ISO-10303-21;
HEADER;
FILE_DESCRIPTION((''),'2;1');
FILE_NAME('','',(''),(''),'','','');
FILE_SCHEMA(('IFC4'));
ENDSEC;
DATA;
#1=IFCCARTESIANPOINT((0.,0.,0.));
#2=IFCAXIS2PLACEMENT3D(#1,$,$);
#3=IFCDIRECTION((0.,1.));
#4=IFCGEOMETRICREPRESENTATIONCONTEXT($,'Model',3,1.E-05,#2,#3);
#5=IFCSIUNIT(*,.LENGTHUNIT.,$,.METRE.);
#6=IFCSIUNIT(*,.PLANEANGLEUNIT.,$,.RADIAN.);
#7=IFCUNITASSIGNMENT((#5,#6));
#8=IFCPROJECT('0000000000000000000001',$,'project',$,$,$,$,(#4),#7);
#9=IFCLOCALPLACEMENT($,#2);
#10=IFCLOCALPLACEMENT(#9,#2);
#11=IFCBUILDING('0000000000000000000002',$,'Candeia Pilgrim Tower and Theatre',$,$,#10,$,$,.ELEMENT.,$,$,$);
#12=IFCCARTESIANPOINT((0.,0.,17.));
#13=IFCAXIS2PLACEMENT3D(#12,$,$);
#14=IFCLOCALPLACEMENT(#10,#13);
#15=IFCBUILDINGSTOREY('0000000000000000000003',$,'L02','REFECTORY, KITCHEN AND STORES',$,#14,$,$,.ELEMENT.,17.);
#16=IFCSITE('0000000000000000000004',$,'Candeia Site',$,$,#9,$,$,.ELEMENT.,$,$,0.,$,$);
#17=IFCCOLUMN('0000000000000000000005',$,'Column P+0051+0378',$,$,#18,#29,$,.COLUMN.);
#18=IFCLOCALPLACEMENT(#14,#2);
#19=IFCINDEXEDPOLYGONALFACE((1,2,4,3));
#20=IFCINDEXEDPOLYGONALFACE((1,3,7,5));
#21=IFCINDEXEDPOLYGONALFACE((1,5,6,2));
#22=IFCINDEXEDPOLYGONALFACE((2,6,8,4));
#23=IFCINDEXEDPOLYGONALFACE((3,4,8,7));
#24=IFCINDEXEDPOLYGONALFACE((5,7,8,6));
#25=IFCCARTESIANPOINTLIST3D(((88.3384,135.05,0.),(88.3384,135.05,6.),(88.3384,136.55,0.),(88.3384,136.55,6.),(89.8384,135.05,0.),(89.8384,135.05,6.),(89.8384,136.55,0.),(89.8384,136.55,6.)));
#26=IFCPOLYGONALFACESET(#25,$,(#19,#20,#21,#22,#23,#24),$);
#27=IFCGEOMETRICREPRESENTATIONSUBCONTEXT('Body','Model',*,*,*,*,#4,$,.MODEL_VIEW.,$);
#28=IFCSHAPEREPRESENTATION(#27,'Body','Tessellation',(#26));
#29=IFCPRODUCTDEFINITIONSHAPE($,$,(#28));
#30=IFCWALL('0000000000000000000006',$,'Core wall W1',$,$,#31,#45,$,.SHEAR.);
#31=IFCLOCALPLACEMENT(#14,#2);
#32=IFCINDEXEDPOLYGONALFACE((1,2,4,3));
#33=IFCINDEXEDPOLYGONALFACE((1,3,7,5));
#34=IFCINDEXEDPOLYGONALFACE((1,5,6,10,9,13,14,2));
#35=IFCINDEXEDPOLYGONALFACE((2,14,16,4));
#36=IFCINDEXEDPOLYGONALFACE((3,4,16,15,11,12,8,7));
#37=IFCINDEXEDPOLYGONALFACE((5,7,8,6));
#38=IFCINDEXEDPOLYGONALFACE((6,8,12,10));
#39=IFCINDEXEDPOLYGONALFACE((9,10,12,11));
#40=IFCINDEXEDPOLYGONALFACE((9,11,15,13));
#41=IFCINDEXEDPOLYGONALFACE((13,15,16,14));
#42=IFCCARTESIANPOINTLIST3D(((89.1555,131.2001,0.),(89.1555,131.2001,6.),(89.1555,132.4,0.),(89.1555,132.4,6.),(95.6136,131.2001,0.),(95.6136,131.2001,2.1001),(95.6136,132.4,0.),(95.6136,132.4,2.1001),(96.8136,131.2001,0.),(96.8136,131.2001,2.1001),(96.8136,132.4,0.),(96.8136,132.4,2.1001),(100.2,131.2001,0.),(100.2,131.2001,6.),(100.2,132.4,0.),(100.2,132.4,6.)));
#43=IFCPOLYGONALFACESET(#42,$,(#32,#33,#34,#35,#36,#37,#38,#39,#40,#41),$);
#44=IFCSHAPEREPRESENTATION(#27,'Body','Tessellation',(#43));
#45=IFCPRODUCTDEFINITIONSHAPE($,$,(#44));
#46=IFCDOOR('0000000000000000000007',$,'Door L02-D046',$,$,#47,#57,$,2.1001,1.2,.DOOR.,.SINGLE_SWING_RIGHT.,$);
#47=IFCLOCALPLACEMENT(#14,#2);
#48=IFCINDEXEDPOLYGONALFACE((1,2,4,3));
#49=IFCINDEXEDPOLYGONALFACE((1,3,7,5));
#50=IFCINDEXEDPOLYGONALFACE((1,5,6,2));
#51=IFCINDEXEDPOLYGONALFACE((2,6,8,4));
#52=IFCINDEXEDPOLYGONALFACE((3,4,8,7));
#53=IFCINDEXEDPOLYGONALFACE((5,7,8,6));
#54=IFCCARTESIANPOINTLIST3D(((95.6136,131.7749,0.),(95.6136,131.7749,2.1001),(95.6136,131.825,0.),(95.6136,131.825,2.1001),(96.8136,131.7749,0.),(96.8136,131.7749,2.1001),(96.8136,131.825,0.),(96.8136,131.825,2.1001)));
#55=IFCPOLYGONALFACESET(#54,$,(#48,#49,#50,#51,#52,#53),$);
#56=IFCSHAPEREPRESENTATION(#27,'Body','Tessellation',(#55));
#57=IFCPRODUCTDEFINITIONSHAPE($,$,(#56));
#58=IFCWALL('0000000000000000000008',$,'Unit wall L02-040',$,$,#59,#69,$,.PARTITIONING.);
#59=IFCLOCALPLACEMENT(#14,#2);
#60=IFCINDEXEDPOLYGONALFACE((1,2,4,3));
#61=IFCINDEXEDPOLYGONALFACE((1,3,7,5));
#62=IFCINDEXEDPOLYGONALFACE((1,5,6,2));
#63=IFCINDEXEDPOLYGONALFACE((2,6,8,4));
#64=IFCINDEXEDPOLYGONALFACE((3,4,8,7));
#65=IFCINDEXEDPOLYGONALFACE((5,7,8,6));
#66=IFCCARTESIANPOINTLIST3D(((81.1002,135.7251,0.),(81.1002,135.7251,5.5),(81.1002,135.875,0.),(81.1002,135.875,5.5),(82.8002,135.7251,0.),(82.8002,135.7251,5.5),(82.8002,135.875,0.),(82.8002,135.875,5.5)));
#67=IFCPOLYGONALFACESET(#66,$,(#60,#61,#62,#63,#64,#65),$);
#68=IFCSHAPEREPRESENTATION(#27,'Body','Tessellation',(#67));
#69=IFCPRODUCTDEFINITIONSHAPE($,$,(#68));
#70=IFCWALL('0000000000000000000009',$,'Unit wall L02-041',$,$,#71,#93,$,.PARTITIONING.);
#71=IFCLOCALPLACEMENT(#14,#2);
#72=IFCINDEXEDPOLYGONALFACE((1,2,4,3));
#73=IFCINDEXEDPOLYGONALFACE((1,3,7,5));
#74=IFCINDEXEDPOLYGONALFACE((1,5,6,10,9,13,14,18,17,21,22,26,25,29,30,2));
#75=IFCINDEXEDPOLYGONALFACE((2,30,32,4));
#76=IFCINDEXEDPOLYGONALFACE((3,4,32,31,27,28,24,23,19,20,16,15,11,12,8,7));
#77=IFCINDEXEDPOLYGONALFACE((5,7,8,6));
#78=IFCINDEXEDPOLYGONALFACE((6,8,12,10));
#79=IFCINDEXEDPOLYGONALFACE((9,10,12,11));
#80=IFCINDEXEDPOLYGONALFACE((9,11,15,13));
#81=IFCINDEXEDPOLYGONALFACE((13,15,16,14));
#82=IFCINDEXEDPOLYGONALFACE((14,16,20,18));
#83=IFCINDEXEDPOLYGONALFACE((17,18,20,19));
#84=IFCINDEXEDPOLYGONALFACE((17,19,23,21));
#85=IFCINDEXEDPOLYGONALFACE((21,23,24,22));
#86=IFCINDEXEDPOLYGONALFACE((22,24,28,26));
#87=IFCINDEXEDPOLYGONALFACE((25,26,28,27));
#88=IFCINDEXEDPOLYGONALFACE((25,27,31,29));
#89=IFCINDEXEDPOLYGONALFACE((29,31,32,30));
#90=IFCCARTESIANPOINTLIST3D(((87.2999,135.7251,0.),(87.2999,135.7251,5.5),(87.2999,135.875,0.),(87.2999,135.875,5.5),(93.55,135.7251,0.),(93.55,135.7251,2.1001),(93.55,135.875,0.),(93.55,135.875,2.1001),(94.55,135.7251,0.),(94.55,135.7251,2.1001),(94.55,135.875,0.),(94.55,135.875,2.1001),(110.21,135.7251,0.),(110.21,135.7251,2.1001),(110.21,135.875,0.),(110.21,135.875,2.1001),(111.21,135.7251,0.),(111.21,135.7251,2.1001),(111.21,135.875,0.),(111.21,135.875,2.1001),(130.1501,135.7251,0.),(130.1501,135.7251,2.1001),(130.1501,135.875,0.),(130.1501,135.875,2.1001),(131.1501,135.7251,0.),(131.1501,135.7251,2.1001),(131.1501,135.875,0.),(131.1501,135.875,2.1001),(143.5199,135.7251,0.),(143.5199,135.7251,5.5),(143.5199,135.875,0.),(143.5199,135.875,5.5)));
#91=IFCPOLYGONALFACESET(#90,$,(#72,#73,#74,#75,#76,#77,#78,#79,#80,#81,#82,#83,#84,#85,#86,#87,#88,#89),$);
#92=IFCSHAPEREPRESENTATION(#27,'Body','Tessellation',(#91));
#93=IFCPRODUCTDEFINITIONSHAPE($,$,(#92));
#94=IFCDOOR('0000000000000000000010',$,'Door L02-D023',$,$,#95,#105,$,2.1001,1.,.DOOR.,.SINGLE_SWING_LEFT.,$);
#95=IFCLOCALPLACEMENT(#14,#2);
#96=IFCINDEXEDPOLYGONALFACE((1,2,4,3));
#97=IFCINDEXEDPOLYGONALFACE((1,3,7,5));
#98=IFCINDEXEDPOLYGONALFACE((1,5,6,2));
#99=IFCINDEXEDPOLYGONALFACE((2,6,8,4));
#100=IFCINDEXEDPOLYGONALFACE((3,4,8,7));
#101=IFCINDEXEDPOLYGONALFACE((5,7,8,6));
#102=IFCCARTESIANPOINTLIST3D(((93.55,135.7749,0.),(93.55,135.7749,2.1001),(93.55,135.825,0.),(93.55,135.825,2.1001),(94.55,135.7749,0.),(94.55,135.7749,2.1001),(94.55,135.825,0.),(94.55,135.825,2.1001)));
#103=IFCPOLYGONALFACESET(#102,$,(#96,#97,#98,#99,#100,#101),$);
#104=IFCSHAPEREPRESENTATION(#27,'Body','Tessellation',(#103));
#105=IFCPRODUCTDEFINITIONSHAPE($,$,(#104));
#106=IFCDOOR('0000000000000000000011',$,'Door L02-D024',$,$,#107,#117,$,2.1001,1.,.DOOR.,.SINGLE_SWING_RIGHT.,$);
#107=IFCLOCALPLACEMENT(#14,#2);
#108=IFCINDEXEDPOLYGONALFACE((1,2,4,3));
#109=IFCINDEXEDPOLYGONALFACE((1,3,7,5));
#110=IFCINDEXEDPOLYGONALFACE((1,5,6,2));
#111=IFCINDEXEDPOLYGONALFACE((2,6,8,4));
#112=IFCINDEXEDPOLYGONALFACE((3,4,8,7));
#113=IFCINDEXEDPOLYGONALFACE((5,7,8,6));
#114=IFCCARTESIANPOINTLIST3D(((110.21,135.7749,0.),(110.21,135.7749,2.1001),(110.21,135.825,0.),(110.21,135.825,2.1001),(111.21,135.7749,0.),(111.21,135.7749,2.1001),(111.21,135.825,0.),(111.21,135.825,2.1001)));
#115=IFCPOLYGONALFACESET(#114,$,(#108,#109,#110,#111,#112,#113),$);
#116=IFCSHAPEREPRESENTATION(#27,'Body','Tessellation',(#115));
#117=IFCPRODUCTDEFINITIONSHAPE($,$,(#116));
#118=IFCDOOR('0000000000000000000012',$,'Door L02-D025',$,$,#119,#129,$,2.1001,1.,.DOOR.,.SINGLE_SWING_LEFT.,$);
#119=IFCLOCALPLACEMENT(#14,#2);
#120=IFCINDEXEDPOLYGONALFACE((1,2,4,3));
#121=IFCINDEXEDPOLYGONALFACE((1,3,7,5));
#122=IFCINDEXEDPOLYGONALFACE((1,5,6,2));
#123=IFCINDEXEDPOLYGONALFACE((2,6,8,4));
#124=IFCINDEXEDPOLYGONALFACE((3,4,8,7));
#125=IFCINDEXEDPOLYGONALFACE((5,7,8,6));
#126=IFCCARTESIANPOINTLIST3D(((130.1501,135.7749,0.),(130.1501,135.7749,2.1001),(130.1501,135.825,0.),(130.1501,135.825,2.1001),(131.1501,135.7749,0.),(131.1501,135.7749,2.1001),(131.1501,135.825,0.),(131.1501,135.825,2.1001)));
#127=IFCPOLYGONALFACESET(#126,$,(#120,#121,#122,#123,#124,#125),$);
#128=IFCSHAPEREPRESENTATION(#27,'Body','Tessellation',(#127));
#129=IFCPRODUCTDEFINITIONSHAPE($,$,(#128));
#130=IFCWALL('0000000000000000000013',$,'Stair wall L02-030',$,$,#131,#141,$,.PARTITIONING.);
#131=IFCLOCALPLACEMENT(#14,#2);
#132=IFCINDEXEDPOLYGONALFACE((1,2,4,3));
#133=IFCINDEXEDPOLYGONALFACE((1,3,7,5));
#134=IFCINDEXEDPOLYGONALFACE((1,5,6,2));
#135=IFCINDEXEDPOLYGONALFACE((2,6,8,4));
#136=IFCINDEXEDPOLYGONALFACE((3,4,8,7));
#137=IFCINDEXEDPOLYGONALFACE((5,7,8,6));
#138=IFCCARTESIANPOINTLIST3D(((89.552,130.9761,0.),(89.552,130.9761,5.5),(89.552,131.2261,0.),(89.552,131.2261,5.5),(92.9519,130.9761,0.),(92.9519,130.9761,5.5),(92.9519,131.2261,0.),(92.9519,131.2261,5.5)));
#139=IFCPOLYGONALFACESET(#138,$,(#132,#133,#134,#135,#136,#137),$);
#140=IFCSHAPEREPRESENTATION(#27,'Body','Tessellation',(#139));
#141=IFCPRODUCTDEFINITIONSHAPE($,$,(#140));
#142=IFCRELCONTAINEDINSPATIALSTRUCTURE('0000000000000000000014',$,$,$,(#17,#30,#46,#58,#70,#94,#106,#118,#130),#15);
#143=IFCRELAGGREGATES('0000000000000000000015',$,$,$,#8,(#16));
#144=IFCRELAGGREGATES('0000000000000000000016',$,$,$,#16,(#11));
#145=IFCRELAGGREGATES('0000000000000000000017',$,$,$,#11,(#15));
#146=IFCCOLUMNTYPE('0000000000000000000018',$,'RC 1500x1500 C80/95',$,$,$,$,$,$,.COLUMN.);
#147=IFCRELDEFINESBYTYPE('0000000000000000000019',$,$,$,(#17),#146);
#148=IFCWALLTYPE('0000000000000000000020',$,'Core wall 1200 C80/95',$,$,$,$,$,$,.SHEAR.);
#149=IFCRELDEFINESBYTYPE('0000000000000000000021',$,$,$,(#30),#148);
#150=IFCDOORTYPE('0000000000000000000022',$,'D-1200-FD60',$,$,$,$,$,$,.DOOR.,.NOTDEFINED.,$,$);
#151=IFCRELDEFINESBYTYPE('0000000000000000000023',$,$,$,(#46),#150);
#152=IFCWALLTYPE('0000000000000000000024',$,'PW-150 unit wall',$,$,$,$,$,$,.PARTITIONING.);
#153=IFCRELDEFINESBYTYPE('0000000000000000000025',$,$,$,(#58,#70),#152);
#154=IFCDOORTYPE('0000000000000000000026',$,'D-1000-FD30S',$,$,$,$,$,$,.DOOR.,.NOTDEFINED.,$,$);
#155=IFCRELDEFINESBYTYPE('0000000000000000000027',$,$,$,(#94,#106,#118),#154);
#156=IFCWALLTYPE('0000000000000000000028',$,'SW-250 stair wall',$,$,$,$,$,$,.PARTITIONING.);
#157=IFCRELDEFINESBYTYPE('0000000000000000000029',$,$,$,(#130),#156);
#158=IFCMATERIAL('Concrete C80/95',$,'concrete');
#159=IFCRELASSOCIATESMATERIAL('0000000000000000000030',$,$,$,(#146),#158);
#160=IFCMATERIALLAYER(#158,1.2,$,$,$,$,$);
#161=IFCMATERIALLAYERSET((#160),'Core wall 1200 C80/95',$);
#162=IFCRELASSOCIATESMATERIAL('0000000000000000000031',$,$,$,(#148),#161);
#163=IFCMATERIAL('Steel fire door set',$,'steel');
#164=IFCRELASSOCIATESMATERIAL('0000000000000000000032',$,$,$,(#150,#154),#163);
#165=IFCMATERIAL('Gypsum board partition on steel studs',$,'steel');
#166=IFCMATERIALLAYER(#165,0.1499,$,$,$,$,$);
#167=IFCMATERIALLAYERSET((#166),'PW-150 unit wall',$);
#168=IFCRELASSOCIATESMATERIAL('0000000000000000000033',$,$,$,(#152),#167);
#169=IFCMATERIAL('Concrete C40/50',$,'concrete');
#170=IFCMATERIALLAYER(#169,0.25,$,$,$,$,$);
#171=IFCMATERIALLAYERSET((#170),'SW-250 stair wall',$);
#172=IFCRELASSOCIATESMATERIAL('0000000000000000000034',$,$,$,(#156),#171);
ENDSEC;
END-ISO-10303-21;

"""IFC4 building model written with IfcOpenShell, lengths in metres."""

from ifc_helpers import new_model, si_unit, direction, frame, frame_2d, origin, origin_2d, place, context, subcontext, project, spatial, rectangle, extrude, material, layer, layer_set, material_profile, profile_set, type_object, element, fill, save


model = new_model("IFC4")

# Units and contexts
model_context = context("Model", 3, precision=1e-05, world=origin(), true_north=direction((0.0, 1.0)))
body_context = subcontext(model_context, "Body", "Model", "MODEL_VIEW")
ifc_project = project(units=[si_unit("LENGTHUNIT", "METRE"), si_unit("PLANEANGLEUNIT", "RADIAN")], contexts=[model_context])

# Site, building, storey
site_placement = place(None, origin())
site = spatial("IfcSite", under=ifc_project, at=site_placement, Name="Candeia Site", CompositionType="ELEMENT", RefElevation=0.0)
building_placement = place(site_placement, origin())
building = spatial("IfcBuilding", under=site, at=building_placement, Name="Candeia Pilgrim Tower and Theatre", CompositionType="ELEMENT")
storey_placement = place(building_placement, frame((0.0, 0.0, 17.0)))
storey = spatial("IfcBuildingStorey", under=building, at=storey_placement, Name="L02", Description="REFECTORY, KITCHEN AND STORES", CompositionType="ELEMENT", Elevation=17.0)

# Column
ifc_material_1 = material(Name="Concrete C80/95", Category="concrete")
ifc_material_profile = material_profile(ifc_material_1, rectangle(XDim=1.5, YDim=1.5, at=origin_2d()))
ifc_profile_set = profile_set([ifc_material_profile], Name="Concrete C80/95")
column_type = type_object("IfcColumnType", Name="RC 1500x1500 C80/95", PredefinedType="COLUMN", material=ifc_profile_set)
column_placement = place(storey_placement, frame((89.0884, 135.8, 0.0), z_axis=(0.0, 0.0, 1.0), x_axis=(1.0, 0.0, 0.0)))
element("IfcColumn", 1, at=column_placement, inside=storey, type_object=column_type, Name="Column P+0051+0378", PredefinedType="COLUMN", context=body_context, shape_type="SweptSolid", body=[
    extrude(rectangle(XDim=1.5, YDim=1.5, at=origin_2d()), origin(), (0.0, 0.0, 1.0), 6.0),
])

# Wall, opening, door
ifc_layer_1 = layer(ifc_material_1, 1.2)
ifc_layer_set_1 = layer_set([ifc_layer_1], Name="Core wall 1200 C80/95")
wall_type_1 = type_object("IfcWallType", Name="Core wall 1200 C80/95", PredefinedType="SHEAR", material=ifc_layer_set_1)
wall_1_placement = place(storey_placement, frame((89.1555, 131.8, 0.0), z_axis=(0.0, 0.0, 1.0), x_axis=(1.0, 0.0, 0.0)))
wall_1 = element("IfcWall", 2, at=wall_1_placement, inside=storey, type_object=wall_type_1, Name="Core wall W1", PredefinedType="SHEAR", context=body_context, shape_type="SweptSolid", body=[
    extrude(rectangle(XDim=11.0444, YDim=1.2, at=frame_2d((5.5222, 0.0))), origin(), (0.0, 0.0, 1.0), 6.0),
])
opening_1_placement = place(wall_1_placement, frame((6.458, 0.0, 0.0)))
opening_1 = element("IfcOpeningElement", 3, at=opening_1_placement, cuts=wall_1, PredefinedType="OPENING", context=body_context, shape_type="SweptSolid", body=[
    extrude(rectangle(XDim=1.2, YDim=2.1001, at=frame_2d((0.6001, 1.05))), frame((0.0, 0.6099, 0.0), z_axis=(0.0, -1.0, 0.0), x_axis=(1.0, 0.0, 0.0)), (0.0, 0.0, 1.0), 1.22),
])
ifc_material_2 = material(Name="Steel fire door set", Category="steel")
door_type_1 = type_object("IfcDoorType", Name="D-1200-FD60", OperationType="NOTDEFINED", PredefinedType="DOOR", material=ifc_material_2)
door_1_placement = place(opening_1_placement, origin())
door_1 = element("IfcDoor", 4, at=door_1_placement, inside=storey, type_object=door_type_1, Name="Door L02-D046", OperationType="SINGLE_SWING_RIGHT", OverallHeight=2.1001, OverallWidth=1.2, PredefinedType="DOOR", context=body_context, shape_type="SweptSolid", body=[
    extrude(rectangle(XDim=1.2, YDim=2.1001, at=frame_2d((0.6001, 1.05))), frame((0.0, 0.0249, 0.0), z_axis=(0.0, -1.0, 0.0), x_axis=(1.0, 0.0, 0.0)), (0.0, 0.0, 1.0), 0.05),
])
fill(opening_1, door_1)

# Wall
ifc_material_3 = material(Name="Gypsum board partition on steel studs", Category="steel")
ifc_layer_2 = layer(ifc_material_3, 0.1499)
ifc_layer_set_2 = layer_set([ifc_layer_2], Name="PW-150 unit wall")
wall_type_2 = type_object("IfcWallType", Name="PW-150 unit wall", PredefinedType="PARTITIONING", material=ifc_layer_set_2)
wall_2_placement = place(storey_placement, frame((81.1001, 135.8, 0.0), z_axis=(0.0, 0.0, 1.0), x_axis=(1.0, 0.0, 0.0)))
element("IfcWall", 5, at=wall_2_placement, inside=storey, type_object=wall_type_2, Name="Unit wall L02-040", PredefinedType="PARTITIONING", context=body_context, shape_type="SweptSolid", body=[
    extrude(rectangle(XDim=1.7, YDim=0.1499, at=frame_2d((0.8501, 0.0))), origin(), (0.0, 0.0, 1.0), 5.5),
])

# Wall, openings, doors
wall_3_placement = place(storey_placement, frame((87.3, 135.8, 0.0), z_axis=(0.0, 0.0, 1.0), x_axis=(1.0, 0.0, 0.0)))
wall_3 = element("IfcWall", 6, at=wall_3_placement, inside=storey, type_object=wall_type_2, Name="Unit wall L02-041", PredefinedType="PARTITIONING", context=body_context, shape_type="SweptSolid", body=[
    extrude(rectangle(XDim=56.22, YDim=0.1499, at=frame_2d((28.1099, 0.0))), origin(), (0.0, 0.0, 1.0), 5.5),
])
opening_2_placement = place(wall_3_placement, frame((6.25, 0.0, 0.0)))
opening_2 = element("IfcOpeningElement", 7, at=opening_2_placement, cuts=wall_3, PredefinedType="OPENING", context=body_context, shape_type="SweptSolid", body=[
    extrude(rectangle(XDim=1.0, YDim=2.1001, at=frame_2d((0.5, 1.05))), frame((0.0, 0.085, 0.0), z_axis=(0.0, -1.0, 0.0), x_axis=(1.0, 0.0, 0.0)), (0.0, 0.0, 1.0), 0.1699),
])
opening_3_placement = place(wall_3_placement, frame((22.9099, 0.0, 0.0)))
opening_3 = element("IfcOpeningElement", 8, at=opening_3_placement, cuts=wall_3, PredefinedType="OPENING", context=body_context, shape_type="SweptSolid", body=[
    extrude(rectangle(XDim=1.0, YDim=2.1001, at=frame_2d((0.5, 1.05))), frame((0.0, 0.085, 0.0), z_axis=(0.0, -1.0, 0.0), x_axis=(1.0, 0.0, 0.0)), (0.0, 0.0, 1.0), 0.1699),
])
opening_4_placement = place(wall_3_placement, frame((42.8501, 0.0, 0.0)))
opening_4 = element("IfcOpeningElement", 9, at=opening_4_placement, cuts=wall_3, PredefinedType="OPENING", context=body_context, shape_type="SweptSolid", body=[
    extrude(rectangle(XDim=1.0, YDim=2.1001, at=frame_2d((0.5, 1.05))), frame((0.0, 0.085, 0.0), z_axis=(0.0, -1.0, 0.0), x_axis=(1.0, 0.0, 0.0)), (0.0, 0.0, 1.0), 0.1699),
])
door_type_2 = type_object("IfcDoorType", Name="D-1000-FD30S", OperationType="NOTDEFINED", PredefinedType="DOOR", material=ifc_material_2)
door_2_placement = place(opening_2_placement, origin())
door_2 = element("IfcDoor", 10, at=door_2_placement, inside=storey, type_object=door_type_2, Name="Door L02-D023", OperationType="SINGLE_SWING_LEFT", OverallHeight=2.1001, OverallWidth=1.0, PredefinedType="DOOR", context=body_context, shape_type="SweptSolid", body=[
    extrude(rectangle(XDim=1.0, YDim=2.1001, at=frame_2d((0.5, 1.05))), frame((0.0, 0.0249, 0.0), z_axis=(0.0, -1.0, 0.0), x_axis=(1.0, 0.0, 0.0)), (0.0, 0.0, 1.0), 0.05),
])
fill(opening_2, door_2)
door_3_placement = place(opening_3_placement, origin())
door_3 = element("IfcDoor", 11, at=door_3_placement, inside=storey, type_object=door_type_2, Name="Door L02-D024", OperationType="SINGLE_SWING_RIGHT", OverallHeight=2.1001, OverallWidth=1.0, PredefinedType="DOOR", context=body_context, shape_type="SweptSolid", body=[
    extrude(rectangle(XDim=1.0, YDim=2.1001, at=frame_2d((0.5, 1.05))), frame((0.0, 0.0249, 0.0), z_axis=(0.0, -1.0, 0.0), x_axis=(1.0, 0.0, 0.0)), (0.0, 0.0, 1.0), 0.05),
])
fill(opening_3, door_3)
door_4_placement = place(opening_4_placement, origin())
door_4 = element("IfcDoor", 12, at=door_4_placement, inside=storey, type_object=door_type_2, Name="Door L02-D025", OperationType="SINGLE_SWING_LEFT", OverallHeight=2.1001, OverallWidth=1.0, PredefinedType="DOOR", context=body_context, shape_type="SweptSolid", body=[
    extrude(rectangle(XDim=1.0, YDim=2.1001, at=frame_2d((0.5, 1.05))), frame((0.0, 0.0249, 0.0), z_axis=(0.0, -1.0, 0.0), x_axis=(1.0, 0.0, 0.0)), (0.0, 0.0, 1.0), 0.05),
])
fill(opening_4, door_4)

# Wall
ifc_material_4 = material(Name="Concrete C40/50", Category="concrete")
ifc_layer_3 = layer(ifc_material_4, 0.25)
ifc_layer_set_3 = layer_set([ifc_layer_3], Name="SW-250 stair wall")
wall_type_3 = type_object("IfcWallType", Name="SW-250 stair wall", PredefinedType="PARTITIONING", material=ifc_layer_set_3)
wall_4_placement = place(storey_placement, frame((89.552, 131.1011, 0.0), z_axis=(0.0, 0.0, 1.0), x_axis=(1.0, 0.0, 0.0)))
element("IfcWall", 13, at=wall_4_placement, inside=storey, type_object=wall_type_3, Name="Stair wall L02-030", PredefinedType="PARTITIONING", context=body_context, shape_type="SweptSolid", body=[
    extrude(rectangle(XDim=3.3999, YDim=0.25, at=frame_2d((1.7, 0.0))), origin(), (0.0, 0.0, 1.0), 5.5),
])

save(model, "model.ifc")
